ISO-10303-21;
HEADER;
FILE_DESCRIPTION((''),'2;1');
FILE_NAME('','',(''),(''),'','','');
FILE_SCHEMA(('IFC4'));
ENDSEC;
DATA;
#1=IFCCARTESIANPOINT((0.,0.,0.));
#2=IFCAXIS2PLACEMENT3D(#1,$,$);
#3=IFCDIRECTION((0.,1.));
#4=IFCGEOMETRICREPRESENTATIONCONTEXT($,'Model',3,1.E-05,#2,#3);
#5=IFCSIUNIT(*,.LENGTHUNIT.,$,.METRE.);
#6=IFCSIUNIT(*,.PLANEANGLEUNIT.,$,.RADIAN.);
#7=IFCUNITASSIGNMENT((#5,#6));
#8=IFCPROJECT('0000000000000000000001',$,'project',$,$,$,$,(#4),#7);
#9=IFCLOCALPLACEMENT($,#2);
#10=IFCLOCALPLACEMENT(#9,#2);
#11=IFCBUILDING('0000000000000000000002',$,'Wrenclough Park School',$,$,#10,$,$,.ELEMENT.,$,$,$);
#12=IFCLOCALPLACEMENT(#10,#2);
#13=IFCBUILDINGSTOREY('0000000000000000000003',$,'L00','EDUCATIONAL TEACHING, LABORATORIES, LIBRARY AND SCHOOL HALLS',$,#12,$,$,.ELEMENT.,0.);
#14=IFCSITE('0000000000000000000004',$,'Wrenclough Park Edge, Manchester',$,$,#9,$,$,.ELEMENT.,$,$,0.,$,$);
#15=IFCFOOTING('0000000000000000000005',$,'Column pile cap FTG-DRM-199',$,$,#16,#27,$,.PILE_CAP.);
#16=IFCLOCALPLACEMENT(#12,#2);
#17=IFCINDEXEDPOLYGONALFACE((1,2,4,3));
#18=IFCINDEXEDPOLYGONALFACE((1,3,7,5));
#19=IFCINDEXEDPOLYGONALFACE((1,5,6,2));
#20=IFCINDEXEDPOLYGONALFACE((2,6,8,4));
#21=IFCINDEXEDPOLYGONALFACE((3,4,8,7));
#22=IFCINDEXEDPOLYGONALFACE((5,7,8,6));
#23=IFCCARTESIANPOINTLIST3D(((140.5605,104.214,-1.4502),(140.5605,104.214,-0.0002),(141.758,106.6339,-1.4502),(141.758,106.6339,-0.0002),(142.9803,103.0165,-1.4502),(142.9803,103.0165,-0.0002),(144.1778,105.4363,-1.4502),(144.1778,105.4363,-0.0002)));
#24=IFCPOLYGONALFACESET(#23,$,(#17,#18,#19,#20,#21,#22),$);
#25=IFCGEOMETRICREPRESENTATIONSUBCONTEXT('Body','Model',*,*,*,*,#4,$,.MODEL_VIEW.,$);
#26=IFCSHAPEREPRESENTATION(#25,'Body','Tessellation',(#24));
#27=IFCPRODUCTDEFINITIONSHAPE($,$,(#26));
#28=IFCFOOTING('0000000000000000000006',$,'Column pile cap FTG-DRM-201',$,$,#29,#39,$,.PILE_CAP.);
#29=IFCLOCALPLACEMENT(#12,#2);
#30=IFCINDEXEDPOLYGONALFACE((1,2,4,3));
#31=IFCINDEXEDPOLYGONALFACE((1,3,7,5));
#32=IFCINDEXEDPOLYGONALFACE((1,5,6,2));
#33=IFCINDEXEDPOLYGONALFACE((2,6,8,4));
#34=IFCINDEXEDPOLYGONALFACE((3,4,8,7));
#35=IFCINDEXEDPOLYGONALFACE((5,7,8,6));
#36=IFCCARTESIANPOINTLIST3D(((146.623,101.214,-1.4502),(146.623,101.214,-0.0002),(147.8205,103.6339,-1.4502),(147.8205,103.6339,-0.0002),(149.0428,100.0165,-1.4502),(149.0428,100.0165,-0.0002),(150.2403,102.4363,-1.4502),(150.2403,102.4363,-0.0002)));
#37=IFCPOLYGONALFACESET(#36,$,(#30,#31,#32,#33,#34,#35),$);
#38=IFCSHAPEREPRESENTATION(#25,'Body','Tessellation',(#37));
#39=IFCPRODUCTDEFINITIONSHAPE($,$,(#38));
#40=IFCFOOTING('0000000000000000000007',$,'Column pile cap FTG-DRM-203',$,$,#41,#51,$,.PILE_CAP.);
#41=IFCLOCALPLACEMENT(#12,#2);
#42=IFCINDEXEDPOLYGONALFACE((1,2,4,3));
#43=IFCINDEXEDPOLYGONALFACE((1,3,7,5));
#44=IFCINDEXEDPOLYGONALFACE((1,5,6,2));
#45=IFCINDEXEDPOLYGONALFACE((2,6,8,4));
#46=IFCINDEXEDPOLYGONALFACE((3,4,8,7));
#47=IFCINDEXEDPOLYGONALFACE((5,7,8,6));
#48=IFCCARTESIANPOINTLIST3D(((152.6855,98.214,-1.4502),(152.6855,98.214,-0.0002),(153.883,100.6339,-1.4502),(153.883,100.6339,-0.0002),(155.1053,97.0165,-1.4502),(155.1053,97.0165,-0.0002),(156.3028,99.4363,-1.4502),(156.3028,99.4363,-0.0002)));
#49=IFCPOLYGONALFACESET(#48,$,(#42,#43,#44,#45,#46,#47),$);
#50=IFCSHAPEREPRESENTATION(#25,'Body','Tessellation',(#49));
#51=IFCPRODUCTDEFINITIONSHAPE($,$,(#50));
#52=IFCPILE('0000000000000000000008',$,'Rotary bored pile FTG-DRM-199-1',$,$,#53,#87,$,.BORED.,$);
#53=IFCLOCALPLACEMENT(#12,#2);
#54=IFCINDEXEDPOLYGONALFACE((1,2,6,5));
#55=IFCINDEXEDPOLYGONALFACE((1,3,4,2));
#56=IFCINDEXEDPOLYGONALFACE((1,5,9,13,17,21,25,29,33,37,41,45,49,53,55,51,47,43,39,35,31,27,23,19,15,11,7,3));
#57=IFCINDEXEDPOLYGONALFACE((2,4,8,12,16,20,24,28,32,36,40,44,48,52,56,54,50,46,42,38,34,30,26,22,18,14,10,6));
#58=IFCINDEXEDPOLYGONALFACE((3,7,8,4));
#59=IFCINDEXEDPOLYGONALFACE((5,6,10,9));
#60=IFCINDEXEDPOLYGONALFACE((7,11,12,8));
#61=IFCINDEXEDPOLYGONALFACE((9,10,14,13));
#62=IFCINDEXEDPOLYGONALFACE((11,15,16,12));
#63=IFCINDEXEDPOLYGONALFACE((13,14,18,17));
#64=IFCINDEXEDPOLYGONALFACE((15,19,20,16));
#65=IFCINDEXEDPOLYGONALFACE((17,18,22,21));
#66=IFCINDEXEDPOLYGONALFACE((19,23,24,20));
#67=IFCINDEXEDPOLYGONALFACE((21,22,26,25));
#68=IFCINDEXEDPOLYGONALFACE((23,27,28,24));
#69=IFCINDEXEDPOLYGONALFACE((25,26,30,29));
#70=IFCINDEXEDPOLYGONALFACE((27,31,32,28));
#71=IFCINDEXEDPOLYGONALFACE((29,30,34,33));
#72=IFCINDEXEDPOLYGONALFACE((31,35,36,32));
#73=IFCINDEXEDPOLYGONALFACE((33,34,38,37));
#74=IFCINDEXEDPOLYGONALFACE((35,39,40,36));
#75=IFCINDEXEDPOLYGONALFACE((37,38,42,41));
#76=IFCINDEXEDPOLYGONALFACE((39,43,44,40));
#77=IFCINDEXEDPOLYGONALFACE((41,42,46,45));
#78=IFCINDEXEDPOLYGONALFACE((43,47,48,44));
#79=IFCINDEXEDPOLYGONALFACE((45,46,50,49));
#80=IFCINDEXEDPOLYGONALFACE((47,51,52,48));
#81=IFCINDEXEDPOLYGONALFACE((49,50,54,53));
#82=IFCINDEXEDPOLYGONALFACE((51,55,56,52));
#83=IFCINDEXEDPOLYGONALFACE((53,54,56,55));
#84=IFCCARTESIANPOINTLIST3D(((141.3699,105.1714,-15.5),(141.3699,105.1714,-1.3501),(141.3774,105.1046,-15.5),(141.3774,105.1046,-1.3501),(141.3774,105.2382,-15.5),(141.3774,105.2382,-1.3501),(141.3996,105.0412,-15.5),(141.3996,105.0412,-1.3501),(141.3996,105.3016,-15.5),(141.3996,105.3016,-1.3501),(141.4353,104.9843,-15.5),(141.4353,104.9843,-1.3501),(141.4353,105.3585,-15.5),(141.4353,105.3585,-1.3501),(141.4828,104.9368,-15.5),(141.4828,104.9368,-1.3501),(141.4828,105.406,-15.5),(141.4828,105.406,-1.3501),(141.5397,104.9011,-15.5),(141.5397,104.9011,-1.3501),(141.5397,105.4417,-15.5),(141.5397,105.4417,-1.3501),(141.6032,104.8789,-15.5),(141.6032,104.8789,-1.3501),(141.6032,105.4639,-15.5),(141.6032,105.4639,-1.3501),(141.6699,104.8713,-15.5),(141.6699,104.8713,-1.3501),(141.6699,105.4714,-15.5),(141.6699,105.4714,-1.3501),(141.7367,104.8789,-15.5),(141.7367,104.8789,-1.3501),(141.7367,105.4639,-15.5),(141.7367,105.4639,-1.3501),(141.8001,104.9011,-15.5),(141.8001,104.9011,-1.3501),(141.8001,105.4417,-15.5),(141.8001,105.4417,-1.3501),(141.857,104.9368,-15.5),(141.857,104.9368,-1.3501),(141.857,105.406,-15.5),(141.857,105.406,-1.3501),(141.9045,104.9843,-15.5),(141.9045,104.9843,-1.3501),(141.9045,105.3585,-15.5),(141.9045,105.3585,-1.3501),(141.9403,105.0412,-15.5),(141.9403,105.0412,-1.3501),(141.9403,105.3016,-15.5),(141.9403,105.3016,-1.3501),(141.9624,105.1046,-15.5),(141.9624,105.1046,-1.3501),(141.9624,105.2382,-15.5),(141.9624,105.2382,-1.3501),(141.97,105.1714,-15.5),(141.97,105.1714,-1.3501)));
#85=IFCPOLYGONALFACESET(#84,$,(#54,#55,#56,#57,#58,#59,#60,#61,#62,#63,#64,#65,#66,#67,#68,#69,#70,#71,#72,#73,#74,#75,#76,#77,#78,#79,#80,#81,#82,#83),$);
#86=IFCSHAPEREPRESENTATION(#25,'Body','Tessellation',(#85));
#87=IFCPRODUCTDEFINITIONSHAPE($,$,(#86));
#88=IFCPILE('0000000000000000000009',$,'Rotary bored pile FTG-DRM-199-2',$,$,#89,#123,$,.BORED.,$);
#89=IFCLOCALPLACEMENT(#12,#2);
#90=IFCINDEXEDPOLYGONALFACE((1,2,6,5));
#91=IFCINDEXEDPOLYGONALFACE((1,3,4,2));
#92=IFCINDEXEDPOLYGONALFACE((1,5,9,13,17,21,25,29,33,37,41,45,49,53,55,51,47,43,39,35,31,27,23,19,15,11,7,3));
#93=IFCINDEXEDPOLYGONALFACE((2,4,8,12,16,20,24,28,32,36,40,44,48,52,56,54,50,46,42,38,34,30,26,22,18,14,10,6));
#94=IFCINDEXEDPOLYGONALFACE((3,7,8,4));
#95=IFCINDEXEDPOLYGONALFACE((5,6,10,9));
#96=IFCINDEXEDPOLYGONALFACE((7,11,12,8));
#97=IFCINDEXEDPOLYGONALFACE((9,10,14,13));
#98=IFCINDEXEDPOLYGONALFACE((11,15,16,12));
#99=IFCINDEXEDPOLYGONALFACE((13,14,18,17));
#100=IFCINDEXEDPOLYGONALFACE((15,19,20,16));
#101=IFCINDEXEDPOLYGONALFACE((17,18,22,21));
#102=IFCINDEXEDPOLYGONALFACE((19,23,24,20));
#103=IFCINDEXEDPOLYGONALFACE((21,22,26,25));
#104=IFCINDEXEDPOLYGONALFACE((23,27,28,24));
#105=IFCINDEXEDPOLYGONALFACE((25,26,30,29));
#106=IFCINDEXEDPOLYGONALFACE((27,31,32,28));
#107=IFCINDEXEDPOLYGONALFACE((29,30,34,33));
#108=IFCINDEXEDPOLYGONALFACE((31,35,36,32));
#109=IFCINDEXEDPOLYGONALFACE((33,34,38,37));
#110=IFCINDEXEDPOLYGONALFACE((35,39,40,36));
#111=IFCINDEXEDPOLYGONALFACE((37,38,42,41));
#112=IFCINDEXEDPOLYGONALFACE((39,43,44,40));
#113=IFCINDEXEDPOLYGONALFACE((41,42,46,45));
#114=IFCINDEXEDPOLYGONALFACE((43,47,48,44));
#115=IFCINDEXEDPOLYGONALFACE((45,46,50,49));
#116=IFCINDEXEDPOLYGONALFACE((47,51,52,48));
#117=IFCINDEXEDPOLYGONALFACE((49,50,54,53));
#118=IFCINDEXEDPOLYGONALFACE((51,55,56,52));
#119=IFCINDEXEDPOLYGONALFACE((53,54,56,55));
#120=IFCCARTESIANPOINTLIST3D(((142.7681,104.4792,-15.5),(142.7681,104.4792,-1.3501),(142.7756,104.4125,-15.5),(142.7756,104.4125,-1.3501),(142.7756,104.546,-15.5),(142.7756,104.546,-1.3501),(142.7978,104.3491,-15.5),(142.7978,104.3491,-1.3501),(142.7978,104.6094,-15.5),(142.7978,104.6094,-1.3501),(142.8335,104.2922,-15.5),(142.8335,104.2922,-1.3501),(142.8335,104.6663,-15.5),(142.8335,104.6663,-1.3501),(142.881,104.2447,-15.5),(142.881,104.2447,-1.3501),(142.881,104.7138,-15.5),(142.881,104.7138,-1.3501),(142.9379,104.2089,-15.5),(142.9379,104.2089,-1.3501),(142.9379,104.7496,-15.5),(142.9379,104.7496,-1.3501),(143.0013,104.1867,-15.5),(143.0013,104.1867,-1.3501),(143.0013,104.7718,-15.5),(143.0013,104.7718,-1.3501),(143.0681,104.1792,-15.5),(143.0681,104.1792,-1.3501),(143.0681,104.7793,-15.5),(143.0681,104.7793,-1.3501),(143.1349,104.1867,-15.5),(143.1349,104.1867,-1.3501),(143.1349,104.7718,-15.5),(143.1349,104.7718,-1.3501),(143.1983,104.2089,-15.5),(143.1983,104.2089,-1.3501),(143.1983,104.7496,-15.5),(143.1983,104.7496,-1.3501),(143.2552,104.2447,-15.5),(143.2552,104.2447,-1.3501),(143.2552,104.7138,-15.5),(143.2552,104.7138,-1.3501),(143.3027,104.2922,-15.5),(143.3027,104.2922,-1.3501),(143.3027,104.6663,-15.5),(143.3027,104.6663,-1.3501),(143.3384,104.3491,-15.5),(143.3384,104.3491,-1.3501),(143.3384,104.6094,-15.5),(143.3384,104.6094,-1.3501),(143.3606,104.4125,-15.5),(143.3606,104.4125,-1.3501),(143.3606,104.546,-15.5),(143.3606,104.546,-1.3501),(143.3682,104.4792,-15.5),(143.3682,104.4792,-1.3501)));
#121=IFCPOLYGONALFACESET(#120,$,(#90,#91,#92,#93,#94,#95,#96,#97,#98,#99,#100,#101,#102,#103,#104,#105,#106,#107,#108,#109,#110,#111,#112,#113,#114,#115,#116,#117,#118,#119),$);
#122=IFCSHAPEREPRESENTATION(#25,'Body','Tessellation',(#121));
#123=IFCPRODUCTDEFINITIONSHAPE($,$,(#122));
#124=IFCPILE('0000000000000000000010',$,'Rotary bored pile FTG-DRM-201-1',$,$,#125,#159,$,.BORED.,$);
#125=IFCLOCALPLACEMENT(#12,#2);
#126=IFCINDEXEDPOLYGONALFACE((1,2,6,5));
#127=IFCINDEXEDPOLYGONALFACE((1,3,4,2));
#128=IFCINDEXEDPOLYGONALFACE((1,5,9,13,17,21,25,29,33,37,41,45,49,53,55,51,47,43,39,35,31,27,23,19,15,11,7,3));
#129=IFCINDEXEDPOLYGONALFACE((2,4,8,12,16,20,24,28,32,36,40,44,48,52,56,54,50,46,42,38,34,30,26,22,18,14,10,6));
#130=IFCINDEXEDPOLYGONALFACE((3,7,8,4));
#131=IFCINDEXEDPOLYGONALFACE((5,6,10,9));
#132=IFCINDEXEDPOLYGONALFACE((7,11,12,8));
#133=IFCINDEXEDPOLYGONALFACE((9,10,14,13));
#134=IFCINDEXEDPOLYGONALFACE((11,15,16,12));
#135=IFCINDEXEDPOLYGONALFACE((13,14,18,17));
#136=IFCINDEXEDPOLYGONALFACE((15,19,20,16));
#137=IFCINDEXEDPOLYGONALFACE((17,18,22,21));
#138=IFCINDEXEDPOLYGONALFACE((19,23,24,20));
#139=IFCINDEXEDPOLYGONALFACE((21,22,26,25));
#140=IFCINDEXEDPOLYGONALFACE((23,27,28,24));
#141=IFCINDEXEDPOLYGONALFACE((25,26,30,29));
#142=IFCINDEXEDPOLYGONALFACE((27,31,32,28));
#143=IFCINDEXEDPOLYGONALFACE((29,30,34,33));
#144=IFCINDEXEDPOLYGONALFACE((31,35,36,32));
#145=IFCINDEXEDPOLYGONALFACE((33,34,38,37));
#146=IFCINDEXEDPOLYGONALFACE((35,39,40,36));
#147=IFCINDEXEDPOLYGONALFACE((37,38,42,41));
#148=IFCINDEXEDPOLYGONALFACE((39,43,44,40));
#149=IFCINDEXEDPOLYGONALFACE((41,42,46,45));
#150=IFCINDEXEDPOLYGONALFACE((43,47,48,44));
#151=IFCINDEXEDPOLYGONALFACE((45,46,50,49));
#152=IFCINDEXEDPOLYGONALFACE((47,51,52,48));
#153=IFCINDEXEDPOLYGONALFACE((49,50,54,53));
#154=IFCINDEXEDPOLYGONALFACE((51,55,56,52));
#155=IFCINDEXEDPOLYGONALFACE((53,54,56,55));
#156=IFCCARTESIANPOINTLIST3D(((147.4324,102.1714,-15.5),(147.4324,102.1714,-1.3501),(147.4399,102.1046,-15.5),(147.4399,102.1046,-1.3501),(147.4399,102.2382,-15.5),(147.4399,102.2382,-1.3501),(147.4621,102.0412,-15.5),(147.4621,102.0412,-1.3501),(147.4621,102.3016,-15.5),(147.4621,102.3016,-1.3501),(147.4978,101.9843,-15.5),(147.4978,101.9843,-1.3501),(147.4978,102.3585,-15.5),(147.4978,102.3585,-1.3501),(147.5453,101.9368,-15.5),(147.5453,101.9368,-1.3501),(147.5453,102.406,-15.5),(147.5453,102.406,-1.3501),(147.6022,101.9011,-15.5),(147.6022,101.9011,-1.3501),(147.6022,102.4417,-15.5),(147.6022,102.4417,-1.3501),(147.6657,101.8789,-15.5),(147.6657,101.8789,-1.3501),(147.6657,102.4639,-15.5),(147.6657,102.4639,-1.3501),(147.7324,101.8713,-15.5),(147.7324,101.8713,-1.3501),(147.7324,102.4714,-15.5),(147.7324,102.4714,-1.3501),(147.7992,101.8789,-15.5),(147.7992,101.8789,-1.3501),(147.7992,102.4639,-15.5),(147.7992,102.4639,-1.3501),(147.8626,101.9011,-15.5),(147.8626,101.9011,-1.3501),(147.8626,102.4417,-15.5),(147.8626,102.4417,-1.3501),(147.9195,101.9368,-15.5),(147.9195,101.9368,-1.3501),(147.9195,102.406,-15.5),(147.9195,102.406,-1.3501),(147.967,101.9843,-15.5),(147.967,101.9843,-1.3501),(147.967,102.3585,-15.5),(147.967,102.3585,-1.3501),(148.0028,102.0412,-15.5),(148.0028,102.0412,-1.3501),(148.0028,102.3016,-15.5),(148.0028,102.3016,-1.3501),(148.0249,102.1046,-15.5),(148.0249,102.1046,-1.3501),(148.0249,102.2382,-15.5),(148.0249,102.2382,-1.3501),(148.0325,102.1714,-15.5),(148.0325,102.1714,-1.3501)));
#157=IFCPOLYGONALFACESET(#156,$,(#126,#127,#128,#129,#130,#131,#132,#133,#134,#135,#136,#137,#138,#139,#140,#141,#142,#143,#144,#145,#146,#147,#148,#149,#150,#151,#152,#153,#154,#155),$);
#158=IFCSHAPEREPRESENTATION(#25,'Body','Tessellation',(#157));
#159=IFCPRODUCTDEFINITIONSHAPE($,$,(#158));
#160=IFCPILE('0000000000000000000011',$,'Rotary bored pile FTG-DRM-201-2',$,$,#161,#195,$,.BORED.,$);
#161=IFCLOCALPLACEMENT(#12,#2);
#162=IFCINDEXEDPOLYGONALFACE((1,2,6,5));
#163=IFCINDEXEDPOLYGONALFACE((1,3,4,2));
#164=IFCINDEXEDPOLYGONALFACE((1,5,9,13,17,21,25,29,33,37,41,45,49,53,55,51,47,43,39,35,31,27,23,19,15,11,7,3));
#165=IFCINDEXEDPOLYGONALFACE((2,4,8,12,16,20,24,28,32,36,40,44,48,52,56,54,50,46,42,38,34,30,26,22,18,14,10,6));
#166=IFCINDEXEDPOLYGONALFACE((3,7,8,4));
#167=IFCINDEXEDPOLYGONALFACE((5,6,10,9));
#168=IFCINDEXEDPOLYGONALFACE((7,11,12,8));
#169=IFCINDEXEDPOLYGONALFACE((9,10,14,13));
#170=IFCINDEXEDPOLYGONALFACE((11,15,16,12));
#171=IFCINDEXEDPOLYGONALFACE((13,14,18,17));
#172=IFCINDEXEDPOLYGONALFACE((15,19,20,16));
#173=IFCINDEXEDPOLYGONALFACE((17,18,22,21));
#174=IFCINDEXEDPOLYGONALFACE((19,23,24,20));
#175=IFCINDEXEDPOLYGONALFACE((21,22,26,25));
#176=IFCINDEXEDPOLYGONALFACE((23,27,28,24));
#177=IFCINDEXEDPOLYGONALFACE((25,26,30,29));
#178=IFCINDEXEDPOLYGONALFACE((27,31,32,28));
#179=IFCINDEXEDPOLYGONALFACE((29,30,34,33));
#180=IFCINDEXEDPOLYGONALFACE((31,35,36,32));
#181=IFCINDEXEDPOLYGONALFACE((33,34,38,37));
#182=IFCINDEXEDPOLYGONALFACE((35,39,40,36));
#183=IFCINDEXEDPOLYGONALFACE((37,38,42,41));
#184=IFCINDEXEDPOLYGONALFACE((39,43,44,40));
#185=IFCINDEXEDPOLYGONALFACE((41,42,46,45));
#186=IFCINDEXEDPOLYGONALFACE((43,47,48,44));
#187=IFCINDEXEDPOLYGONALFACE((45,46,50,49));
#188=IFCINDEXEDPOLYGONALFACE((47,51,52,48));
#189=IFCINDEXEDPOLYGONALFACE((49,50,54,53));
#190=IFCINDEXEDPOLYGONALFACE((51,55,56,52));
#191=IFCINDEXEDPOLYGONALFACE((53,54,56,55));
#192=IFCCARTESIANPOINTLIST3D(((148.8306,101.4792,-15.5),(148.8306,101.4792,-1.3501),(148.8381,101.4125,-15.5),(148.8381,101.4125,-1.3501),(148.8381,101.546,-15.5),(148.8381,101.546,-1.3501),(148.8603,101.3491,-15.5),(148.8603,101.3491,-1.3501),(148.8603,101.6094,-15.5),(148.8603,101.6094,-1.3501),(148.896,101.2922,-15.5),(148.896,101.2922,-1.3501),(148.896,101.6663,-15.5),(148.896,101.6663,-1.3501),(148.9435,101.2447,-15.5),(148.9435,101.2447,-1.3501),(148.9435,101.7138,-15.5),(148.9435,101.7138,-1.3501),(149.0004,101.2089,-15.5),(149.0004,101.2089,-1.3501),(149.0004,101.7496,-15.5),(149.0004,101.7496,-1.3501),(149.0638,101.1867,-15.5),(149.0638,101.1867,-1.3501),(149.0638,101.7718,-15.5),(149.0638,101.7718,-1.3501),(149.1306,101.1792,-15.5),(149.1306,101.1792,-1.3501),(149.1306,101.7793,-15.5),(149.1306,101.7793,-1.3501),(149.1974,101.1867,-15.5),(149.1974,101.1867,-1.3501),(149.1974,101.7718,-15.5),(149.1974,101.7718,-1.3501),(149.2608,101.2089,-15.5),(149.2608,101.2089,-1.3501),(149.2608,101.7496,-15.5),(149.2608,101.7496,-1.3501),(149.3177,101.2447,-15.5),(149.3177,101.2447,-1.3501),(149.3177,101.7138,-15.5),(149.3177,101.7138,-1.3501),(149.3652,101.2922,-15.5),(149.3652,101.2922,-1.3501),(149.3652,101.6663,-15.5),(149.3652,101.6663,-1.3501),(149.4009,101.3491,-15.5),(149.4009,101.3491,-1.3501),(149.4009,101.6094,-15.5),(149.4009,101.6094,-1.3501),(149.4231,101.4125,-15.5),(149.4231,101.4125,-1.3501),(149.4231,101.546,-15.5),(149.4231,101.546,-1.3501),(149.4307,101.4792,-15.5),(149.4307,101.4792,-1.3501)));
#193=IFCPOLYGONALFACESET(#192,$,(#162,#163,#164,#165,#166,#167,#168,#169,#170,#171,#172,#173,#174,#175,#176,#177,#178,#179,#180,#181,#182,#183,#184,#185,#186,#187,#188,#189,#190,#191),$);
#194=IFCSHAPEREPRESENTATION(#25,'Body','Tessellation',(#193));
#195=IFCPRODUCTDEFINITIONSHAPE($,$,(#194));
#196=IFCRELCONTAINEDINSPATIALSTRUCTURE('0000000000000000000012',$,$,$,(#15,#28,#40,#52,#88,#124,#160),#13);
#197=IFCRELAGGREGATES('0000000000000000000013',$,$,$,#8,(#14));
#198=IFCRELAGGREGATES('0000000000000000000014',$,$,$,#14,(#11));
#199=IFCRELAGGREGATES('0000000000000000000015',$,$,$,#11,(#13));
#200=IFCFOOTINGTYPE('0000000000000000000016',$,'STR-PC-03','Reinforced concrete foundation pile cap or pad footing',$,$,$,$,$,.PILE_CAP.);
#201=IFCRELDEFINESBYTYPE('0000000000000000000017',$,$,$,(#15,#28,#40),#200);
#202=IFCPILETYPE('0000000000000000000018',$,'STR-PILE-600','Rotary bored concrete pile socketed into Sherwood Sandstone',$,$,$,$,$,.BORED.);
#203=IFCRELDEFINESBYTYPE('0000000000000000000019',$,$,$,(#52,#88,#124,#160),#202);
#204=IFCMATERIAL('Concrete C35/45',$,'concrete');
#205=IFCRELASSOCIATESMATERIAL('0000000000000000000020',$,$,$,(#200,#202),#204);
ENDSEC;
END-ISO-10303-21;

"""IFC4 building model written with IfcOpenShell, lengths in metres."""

from ifc_helpers import new_model, si_unit, direction, frame, origin, origin_2d, place, context, subcontext, project, spatial, rectangle, circle, extrude, material, material_profile, profile_set, type_object, element, save


model = new_model("IFC4")

# Units and contexts
model_context = context("Model", 3, precision=1e-05, world=origin(), true_north=direction((0.0, 1.0)))
body_context = subcontext(model_context, "Body", "Model", "MODEL_VIEW")
ifc_project = project(units=[si_unit("LENGTHUNIT", "METRE"), si_unit("PLANEANGLEUNIT", "RADIAN")], contexts=[model_context])

# Site, building, storey
site_placement = place(None, origin())
site = spatial("IfcSite", under=ifc_project, at=site_placement, Name="Wrenclough Park Edge, Manchester", CompositionType="ELEMENT", RefElevation=0.0)
building_placement = place(site_placement, origin())
building = spatial("IfcBuilding", under=site, at=building_placement, Name="Wrenclough Park School", CompositionType="ELEMENT")
storey_placement = place(building_placement, origin())
storey = spatial("IfcBuildingStorey", under=building, at=storey_placement, Name="L00", Description="EDUCATIONAL TEACHING, LABORATORIES, LIBRARY AND SCHOOL HALLS", CompositionType="ELEMENT", Elevation=0.0)

# Footings
ifc_material_1 = material(Name="Concrete C35/45", Category="concrete")
footing_type = type_object("IfcFootingType", Name="STR-PC-03", Description="Reinforced concrete foundation pile cap or pad footing", PredefinedType="PILE_CAP", material=ifc_material_1)
for number, where, z_axis, x_axis, name in (
    (1, (142.3691, 104.8252, -1.4502), (0.0, 0.0, 1.0), (0.896254, -0.443541, 0.0), "Column pile cap FTG-DRM-199"),
    (2, (148.4316, 101.8252, -1.4502), (0.0, 0.0, 1.0), (0.896254, -0.443541, 0.0), "Column pile cap FTG-DRM-201"),
    (3, (154.4941, 98.8252, -1.4502), (0.0, 0.0, 1.0), (0.896254, -0.443541, 0.0), "Column pile cap FTG-DRM-203"),
):
    element("IfcFooting", number, at=place(storey_placement, frame(where, z_axis=z_axis, x_axis=x_axis)), inside=storey, type_object=footing_type, Name=name, PredefinedType="PILE_CAP", context=body_context, shape_type="SweptSolid", body=[
        extrude(rectangle(XDim=2.7, YDim=2.7, at=origin_2d()), origin(), (0.0, 0.0, 1.0), 1.45),
    ])

# Piles
ifc_material_profile_1 = material_profile(ifc_material_1, circle(Radius=0.3, at=origin_2d()), Name="BORED PILE D600")
ifc_profile_set_1 = profile_set([ifc_material_profile_1], Name="Concrete C35/45")
pile_type_1 = type_object("IfcPileType", Name="STR-PILE-600", Description="Rotary bored concrete pile socketed into Sherwood Sandstone", PredefinedType="BORED", material=ifc_profile_set_1)
for number, where, z_axis, x_axis, name in (
    (4, (141.6699, 105.1714, -1.3501), (0.0, 0.0, -1.0), (1.0, 0.0, 0.0), "Rotary bored pile FTG-DRM-199-1"),
    (5, (143.0681, 104.4792, -1.3501), (0.0, 0.0, -1.0), (1.0, 0.0, 0.0), "Rotary bored pile FTG-DRM-199-2"),
    (6, (147.7324, 102.1714, -1.3501), (0.0, 0.0, -1.0), (1.0, 0.0, 0.0), "Rotary bored pile FTG-DRM-201-1"),
    (7, (149.1306, 101.4792, -1.3501), (0.0, 0.0, -1.0), (1.0, 0.0, 0.0), "Rotary bored pile FTG-DRM-201-2"),
):
    element("IfcPile", number, at=place(storey_placement, frame(where, z_axis=z_axis, x_axis=x_axis)), inside=storey, type_object=pile_type_1, Name=name, PredefinedType="BORED", context=body_context, shape_type="SweptSolid", body=[
        extrude(circle(Radius=0.3, at=origin_2d()), origin(), (0.0, 0.0, 1.0), 14.1499),
    ])

save(model, "model.ifc")
